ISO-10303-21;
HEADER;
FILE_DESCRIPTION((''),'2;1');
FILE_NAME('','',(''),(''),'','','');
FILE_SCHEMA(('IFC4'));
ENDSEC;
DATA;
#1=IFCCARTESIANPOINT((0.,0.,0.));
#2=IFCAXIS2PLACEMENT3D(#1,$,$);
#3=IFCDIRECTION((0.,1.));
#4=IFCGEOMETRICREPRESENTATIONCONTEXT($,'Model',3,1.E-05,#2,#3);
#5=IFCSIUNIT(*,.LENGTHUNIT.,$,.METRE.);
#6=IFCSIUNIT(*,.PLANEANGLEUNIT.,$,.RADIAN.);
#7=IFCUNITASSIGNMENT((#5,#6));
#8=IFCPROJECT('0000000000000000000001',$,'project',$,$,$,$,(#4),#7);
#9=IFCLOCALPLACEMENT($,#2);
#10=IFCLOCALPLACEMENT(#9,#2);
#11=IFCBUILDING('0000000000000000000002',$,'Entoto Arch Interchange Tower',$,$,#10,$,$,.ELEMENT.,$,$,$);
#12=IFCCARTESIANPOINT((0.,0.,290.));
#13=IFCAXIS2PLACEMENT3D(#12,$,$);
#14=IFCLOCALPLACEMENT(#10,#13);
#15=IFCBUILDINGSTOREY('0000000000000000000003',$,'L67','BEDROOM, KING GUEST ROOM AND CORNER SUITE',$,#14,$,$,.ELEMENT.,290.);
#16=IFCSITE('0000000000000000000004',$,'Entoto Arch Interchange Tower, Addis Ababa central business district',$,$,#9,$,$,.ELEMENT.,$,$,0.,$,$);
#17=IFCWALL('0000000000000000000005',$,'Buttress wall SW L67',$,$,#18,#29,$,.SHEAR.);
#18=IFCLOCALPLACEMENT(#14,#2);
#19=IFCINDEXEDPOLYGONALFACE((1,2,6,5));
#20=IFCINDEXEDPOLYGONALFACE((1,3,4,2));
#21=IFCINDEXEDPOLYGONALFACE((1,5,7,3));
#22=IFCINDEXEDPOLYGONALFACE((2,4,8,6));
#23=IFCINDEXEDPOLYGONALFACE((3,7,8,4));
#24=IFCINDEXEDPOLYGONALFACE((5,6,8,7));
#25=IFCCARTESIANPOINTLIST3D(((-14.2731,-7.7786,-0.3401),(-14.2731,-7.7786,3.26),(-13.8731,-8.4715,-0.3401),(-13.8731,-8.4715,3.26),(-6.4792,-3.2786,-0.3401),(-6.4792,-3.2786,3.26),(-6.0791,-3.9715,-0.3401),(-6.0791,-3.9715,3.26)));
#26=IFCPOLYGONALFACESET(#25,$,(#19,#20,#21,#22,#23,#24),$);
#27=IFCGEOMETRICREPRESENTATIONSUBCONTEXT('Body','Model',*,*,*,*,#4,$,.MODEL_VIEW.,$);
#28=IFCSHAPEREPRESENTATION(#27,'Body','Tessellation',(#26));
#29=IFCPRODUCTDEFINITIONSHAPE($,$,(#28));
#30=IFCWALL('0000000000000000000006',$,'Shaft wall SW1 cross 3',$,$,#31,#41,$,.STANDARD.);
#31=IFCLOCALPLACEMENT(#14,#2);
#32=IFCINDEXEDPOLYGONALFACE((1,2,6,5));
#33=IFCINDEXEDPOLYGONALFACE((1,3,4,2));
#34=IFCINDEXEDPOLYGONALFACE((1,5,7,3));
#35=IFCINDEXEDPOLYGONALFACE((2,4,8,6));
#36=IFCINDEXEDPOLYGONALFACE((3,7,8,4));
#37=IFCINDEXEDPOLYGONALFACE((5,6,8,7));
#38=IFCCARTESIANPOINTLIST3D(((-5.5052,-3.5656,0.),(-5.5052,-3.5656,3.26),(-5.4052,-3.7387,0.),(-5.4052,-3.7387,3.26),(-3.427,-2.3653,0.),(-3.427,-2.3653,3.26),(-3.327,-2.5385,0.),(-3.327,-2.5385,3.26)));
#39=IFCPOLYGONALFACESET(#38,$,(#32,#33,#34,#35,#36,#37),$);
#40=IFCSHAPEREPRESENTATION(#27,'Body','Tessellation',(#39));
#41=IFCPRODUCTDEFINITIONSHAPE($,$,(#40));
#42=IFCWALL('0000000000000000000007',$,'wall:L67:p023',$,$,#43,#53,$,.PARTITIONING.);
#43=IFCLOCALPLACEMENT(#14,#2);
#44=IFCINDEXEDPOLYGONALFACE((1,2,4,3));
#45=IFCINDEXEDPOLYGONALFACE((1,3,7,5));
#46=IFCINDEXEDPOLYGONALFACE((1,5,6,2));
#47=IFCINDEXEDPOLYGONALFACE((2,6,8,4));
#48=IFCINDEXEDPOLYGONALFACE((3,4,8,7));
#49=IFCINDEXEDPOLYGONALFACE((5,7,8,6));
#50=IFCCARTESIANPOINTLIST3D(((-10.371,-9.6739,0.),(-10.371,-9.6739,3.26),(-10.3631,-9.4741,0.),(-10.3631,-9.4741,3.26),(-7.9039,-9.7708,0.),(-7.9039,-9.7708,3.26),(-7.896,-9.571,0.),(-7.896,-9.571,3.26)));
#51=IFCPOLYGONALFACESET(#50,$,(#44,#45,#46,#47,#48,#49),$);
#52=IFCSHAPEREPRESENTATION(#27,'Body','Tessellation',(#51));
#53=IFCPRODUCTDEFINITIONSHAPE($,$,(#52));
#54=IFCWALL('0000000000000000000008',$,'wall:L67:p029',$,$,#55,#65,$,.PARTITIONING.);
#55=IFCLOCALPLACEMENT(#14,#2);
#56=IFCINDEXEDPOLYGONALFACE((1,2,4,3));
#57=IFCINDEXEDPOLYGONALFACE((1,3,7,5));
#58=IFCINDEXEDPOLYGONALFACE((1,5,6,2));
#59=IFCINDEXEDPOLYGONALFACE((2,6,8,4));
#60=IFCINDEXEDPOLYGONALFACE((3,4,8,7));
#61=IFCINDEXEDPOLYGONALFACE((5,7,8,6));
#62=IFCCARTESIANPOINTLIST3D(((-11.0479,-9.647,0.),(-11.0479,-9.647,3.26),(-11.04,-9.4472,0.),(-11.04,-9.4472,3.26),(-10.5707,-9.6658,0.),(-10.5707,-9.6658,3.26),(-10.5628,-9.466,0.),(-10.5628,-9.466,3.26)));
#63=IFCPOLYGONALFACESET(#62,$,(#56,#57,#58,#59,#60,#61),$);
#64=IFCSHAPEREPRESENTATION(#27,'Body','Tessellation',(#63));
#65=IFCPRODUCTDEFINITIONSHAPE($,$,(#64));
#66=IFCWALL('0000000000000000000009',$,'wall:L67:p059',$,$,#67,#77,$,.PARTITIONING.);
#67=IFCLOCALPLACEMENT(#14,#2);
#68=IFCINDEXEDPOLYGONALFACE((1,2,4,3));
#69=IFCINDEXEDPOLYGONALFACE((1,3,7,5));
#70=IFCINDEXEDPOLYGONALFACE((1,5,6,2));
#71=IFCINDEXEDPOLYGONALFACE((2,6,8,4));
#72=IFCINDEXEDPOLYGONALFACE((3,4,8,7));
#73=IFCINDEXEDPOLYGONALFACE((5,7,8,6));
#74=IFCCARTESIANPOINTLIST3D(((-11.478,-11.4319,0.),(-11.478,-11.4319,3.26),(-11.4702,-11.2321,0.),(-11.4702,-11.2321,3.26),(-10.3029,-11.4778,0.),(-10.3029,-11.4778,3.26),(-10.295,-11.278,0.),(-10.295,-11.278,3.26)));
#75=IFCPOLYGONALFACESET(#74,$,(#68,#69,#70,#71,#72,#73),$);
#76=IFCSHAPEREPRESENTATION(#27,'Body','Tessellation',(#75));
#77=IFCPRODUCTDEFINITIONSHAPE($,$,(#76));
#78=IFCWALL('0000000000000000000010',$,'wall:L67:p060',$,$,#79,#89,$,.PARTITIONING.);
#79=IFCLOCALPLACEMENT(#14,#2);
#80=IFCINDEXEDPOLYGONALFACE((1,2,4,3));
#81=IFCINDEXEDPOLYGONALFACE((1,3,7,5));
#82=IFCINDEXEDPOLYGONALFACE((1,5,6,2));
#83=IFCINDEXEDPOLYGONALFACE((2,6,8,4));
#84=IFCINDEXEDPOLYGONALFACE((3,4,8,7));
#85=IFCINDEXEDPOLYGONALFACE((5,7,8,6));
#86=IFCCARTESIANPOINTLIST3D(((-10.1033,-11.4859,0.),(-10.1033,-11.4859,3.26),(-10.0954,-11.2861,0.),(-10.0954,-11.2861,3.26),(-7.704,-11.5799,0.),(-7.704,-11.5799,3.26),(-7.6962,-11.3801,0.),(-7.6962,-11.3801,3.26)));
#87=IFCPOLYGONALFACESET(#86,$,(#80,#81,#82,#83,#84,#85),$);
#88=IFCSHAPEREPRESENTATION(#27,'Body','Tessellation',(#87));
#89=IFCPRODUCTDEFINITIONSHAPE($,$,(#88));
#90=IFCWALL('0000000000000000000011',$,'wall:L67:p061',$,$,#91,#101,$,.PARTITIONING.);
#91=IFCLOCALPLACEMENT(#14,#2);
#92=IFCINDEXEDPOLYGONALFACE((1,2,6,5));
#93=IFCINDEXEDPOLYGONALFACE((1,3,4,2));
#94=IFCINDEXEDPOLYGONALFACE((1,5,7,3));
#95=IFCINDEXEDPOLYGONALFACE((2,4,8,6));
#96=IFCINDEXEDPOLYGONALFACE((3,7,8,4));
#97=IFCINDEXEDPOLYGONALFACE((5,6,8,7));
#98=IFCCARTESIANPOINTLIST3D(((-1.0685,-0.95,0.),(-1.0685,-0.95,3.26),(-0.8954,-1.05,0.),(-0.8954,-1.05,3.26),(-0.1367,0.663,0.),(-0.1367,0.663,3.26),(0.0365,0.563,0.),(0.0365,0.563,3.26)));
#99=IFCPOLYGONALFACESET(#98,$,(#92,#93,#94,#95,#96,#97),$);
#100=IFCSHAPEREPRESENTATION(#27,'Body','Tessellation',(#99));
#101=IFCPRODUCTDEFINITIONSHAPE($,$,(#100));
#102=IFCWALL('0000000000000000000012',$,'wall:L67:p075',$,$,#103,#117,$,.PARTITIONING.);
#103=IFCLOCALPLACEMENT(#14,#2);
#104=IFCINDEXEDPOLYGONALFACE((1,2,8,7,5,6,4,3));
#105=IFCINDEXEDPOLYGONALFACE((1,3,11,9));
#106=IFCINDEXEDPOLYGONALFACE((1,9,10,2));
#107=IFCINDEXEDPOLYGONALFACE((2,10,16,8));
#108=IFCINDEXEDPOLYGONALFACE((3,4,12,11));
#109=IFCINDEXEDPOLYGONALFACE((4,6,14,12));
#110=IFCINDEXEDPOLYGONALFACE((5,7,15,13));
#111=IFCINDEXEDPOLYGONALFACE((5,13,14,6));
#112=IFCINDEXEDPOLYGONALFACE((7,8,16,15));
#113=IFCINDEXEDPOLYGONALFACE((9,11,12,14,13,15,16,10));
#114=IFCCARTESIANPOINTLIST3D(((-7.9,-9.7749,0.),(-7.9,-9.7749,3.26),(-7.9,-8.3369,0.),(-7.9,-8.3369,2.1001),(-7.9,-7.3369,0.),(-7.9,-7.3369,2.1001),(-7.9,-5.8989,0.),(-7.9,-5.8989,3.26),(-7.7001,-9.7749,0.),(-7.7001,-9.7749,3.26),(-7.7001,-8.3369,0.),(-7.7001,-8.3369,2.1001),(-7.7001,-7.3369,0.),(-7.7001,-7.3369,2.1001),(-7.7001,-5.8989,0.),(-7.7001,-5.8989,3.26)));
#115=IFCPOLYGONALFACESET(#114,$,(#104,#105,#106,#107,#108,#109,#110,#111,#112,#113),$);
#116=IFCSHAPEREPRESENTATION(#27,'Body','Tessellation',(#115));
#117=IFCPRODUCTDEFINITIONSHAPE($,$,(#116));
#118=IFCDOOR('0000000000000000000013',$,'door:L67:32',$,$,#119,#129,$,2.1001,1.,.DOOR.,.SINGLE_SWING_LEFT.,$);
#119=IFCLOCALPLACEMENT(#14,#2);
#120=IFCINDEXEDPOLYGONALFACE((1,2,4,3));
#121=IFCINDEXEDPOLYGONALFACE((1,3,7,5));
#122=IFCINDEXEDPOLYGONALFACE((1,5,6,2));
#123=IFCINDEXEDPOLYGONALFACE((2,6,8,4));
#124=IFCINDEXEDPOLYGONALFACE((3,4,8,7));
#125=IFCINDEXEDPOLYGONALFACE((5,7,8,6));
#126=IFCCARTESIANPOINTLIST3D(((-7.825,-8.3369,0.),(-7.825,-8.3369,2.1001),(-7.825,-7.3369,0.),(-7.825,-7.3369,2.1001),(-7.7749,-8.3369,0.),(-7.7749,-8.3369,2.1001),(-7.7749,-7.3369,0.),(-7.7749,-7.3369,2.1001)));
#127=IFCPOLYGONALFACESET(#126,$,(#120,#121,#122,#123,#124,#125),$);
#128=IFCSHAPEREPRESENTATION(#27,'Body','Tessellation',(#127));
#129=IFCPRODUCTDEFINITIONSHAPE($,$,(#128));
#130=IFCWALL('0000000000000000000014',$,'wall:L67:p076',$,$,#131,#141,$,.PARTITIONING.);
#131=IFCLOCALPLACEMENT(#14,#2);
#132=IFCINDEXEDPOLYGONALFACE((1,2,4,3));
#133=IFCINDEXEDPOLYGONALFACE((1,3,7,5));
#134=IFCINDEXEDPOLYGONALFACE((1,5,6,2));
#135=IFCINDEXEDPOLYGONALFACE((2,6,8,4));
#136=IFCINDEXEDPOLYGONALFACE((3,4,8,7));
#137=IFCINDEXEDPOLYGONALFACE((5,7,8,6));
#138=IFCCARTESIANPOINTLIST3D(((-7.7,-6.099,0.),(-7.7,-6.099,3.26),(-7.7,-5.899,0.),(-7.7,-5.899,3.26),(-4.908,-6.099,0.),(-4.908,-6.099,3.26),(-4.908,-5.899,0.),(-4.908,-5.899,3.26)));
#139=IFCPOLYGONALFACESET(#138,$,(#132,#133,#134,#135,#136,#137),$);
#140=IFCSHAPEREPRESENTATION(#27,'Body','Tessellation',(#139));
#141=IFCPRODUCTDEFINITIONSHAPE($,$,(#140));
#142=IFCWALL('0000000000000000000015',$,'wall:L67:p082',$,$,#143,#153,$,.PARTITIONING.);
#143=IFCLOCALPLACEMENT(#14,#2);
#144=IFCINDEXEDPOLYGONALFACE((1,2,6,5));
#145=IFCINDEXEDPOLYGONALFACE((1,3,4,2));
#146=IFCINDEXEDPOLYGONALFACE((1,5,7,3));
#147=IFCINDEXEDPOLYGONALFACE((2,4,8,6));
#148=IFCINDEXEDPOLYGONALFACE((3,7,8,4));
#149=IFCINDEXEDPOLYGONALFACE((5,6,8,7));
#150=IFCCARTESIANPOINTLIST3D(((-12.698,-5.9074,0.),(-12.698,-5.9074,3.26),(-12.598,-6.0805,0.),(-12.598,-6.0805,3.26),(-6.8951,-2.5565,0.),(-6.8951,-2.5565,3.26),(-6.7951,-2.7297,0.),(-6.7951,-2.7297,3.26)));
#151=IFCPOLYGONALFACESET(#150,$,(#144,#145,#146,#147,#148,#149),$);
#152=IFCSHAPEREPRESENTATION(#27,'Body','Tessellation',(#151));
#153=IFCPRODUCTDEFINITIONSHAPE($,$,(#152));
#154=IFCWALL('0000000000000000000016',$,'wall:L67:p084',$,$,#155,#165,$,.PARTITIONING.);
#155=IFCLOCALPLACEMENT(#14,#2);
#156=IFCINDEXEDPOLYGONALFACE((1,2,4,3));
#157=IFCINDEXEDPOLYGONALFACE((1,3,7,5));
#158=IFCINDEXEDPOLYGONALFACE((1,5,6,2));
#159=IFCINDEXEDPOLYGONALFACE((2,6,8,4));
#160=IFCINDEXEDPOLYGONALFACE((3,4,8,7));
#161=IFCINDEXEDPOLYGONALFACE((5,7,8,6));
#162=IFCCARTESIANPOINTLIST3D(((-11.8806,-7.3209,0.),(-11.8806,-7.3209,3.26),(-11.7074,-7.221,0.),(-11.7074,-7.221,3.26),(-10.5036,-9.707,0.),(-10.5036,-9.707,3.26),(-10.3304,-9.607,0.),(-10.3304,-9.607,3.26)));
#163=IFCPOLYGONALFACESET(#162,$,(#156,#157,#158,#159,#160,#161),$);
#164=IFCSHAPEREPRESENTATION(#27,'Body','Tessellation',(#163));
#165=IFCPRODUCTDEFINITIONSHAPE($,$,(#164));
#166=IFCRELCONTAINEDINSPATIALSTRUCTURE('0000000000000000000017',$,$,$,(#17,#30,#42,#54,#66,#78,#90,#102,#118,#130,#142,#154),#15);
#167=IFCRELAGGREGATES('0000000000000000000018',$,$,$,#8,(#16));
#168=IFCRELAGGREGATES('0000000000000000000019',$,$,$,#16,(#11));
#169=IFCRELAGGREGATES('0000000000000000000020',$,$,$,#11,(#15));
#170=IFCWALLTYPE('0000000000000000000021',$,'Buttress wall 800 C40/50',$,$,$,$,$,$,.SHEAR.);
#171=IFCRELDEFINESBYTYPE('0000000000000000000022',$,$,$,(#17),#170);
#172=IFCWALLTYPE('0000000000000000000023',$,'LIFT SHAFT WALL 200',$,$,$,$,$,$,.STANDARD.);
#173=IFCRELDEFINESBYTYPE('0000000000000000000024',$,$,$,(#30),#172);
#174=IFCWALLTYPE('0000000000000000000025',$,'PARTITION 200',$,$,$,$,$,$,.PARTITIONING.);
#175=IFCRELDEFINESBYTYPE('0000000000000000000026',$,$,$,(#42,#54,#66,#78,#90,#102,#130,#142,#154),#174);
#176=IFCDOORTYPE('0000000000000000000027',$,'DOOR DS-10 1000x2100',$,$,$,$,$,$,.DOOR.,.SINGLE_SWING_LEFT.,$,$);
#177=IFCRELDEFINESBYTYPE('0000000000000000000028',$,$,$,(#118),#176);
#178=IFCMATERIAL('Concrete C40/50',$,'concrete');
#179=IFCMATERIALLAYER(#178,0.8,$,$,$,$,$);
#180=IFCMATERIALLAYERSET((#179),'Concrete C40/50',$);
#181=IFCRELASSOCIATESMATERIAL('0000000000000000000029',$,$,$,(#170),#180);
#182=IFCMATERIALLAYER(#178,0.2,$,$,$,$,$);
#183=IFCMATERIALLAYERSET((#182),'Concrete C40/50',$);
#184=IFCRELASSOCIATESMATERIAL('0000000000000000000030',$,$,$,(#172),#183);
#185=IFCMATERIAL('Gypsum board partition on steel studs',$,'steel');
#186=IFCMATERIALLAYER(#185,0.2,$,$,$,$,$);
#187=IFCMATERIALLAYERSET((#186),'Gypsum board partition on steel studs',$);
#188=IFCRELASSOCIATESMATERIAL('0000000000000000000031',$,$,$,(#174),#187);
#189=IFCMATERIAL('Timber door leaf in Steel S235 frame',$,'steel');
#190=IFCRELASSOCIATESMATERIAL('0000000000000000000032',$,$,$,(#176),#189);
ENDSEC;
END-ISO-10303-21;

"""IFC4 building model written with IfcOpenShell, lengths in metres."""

from ifc_helpers import new_model, si_unit, direction, frame, frame_2d, origin, place, context, subcontext, project, spatial, rectangle, extrude, material, layer, layer_set, type_object, element, fill, save


model = new_model("IFC4")

# Units and contexts
model_context = context("Model", 3, precision=1e-05, world=origin(), true_north=direction((0.0, 1.0)))
body_context = subcontext(model_context, "Body", "Model", "MODEL_VIEW")
ifc_project = project(units=[si_unit("LENGTHUNIT", "METRE"), si_unit("PLANEANGLEUNIT", "RADIAN")], contexts=[model_context])

# Site, building, storey
site_placement = place(None, origin())
site = spatial("IfcSite", under=ifc_project, at=site_placement, Name="Entoto Arch Interchange Tower, Addis Ababa central business district", CompositionType="ELEMENT", RefElevation=0.0)
building_placement = place(site_placement, origin())
building = spatial("IfcBuilding", under=site, at=building_placement, Name="Entoto Arch Interchange Tower", CompositionType="ELEMENT")
storey_placement = place(building_placement, frame((0.0, 0.0, 290.0)))
storey = spatial("IfcBuildingStorey", under=building, at=storey_placement, Name="L67", Description="BEDROOM, KING GUEST ROOM AND CORNER SUITE", CompositionType="ELEMENT", Elevation=290.0)

# Walls
ifc_material_1 = material(Name="Concrete C40/50", Category="concrete")
ifc_layer_1 = layer(ifc_material_1, 0.8)
ifc_layer_set_1 = layer_set([ifc_layer_1], Name="Concrete C40/50")
wall_type_1 = type_object("IfcWallType", Name="Buttress wall 800 C40/50", PredefinedType="SHEAR", material=ifc_layer_set_1)
wall_1_placement = place(storey_placement, frame((-6.2791, -3.625, -0.3401), z_axis=(0.0, 0.0, 1.0), x_axis=(-0.866018, -0.500014, 0.0)))
element("IfcWall", 1, at=wall_1_placement, inside=storey, type_object=wall_type_1, Name="Buttress wall SW L67", PredefinedType="SHEAR", context=body_context, shape_type="SweptSolid", body=[
    extrude(rectangle(XDim=8.9998, YDim=0.8, at=frame_2d((4.5, 0.0))), origin(), (0.0, 0.0, 1.0), 3.6001),
])
ifc_layer_2 = layer(ifc_material_1, 0.2)
ifc_layer_set_2 = layer_set([ifc_layer_2], Name="Concrete C40/50")
wall_type_2 = type_object("IfcWallType", Name="LIFT SHAFT WALL 200", PredefinedType="STANDARD", material=ifc_layer_set_2)
wall_2_placement = place(storey_placement, frame((-3.377, -2.4519, 0.0), z_axis=(0.0, 0.0, 1.0), x_axis=(-0.865955, -0.500122, 0.0)))
element("IfcWall", 2, at=wall_2_placement, inside=storey, type_object=wall_type_2, Name="Shaft wall SW1 cross 3", PredefinedType="STANDARD", context=body_context, shape_type="SweptSolid", body=[
    extrude(rectangle(XDim=2.3999, YDim=0.2, at=frame_2d((1.2, 0.0))), origin(), (0.0, 0.0, 1.0), 3.26),
])
ifc_material_2 = material(Name="Gypsum board partition on steel studs", Category="steel")
ifc_layer_3 = layer(ifc_material_2, 0.2)
ifc_layer_set_3 = layer_set([ifc_layer_3], Name="Gypsum board partition on steel studs")
wall_type_3 = type_object("IfcWallType", Name="PARTITION 200", PredefinedType="PARTITIONING", material=ifc_layer_set_3)
wall_3_placement = place(storey_placement, frame((-10.3669, -9.574, 0.0), z_axis=(0.0, 0.0, 1.0), x_axis=(0.999229, -0.039257, 0.0)))
element("IfcWall", 3, at=wall_3_placement, inside=storey, type_object=wall_type_3, Name="wall:L67:p023", PredefinedType="PARTITIONING", context=body_context, shape_type="SweptSolid", body=[
    extrude(rectangle(XDim=2.469, YDim=0.2, at=frame_2d((1.2344, 0.0))), origin(), (0.0, 0.0, 1.0), 3.26),
])
wall_4_placement = place(storey_placement, frame((-11.0439, -9.5471, 0.0), z_axis=(0.0, 0.0, 1.0), x_axis=(0.999224, -0.039376, 0.0)))
element("IfcWall", 4, at=wall_4_placement, inside=storey, type_object=wall_type_3, Name="wall:L67:p029", PredefinedType="PARTITIONING", context=body_context, shape_type="SweptSolid", body=[
    extrude(rectangle(XDim=0.4775, YDim=0.2, at=frame_2d((0.2388, 0.0))), origin(), (0.0, 0.0, 1.0), 3.26),
])
wall_5_placement = place(storey_placement, frame((-10.2991, -11.3779, 0.0), z_axis=(0.0, 0.0, 1.0), x_axis=(-0.999238, 0.039031, 0.0)))
element("IfcWall", 5, at=wall_5_placement, inside=storey, type_object=wall_type_3, Name="wall:L67:p059", PredefinedType="PARTITIONING", context=body_context, shape_type="SweptSolid", body=[
    extrude(rectangle(XDim=1.176, YDim=0.2, at=frame_2d((0.5879, 0.0))), origin(), (0.0, 0.0, 1.0), 3.26),
])
wall_6_placement = place(storey_placement, frame((-7.7, -11.48, 0.0), z_axis=(0.0, 0.0, 1.0), x_axis=(-0.999233, 0.039148, 0.0)))
element("IfcWall", 6, at=wall_6_placement, inside=storey, type_object=wall_type_3, Name="wall:L67:p060", PredefinedType="PARTITIONING", context=body_context, shape_type="SweptSolid", body=[
    extrude(rectangle(XDim=2.4011, YDim=0.2, at=frame_2d((1.2007, 0.0))), origin(), (0.0, 0.0, 1.0), 3.26),
])
wall_7_placement = place(storey_placement, frame((-0.9819, -1.0, 0.0), z_axis=(0.0, 0.0, 1.0), x_axis=(0.50024, 0.865887, 0.0)))
element("IfcWall", 7, at=wall_7_placement, inside=storey, type_object=wall_type_3, Name="wall:L67:p061", PredefinedType="PARTITIONING", context=body_context, shape_type="SweptSolid", body=[
    extrude(rectangle(XDim=1.8628, YDim=0.2, at=frame_2d((0.9314, 0.0))), origin(), (0.0, 0.0, 1.0), 3.26),
])

# Wall, opening, door
wall_8_placement = place(storey_placement, frame((-7.8, -9.7749, 0.0), z_axis=(0.0, 0.0, 1.0), x_axis=(0.0, 1.0, 0.0)))
wall_8 = element("IfcWall", 8, at=wall_8_placement, inside=storey, type_object=wall_type_3, Name="wall:L67:p075", PredefinedType="PARTITIONING", context=body_context, shape_type="SweptSolid", body=[
    extrude(rectangle(XDim=3.876, YDim=0.2, at=frame_2d((1.938, 0.0))), origin(), (0.0, 0.0, 1.0), 3.26),
])
opening_1_placement = place(wall_8_placement, frame((1.438, 0.0, 0.0)))
opening_1 = element("IfcOpeningElement", 9, at=opening_1_placement, cuts=wall_8, PredefinedType="OPENING", context=body_context, shape_type="SweptSolid", body=[
    extrude(rectangle(XDim=1.0, YDim=2.1001, at=frame_2d((0.5, 1.05))), frame((0.0, 0.1099, 0.0), z_axis=(0.0, -1.0, 0.0), x_axis=(1.0, 0.0, 0.0)), (0.0, 0.0, 1.0), 0.22),
])
ifc_material_3 = material(Name="Timber door leaf in Steel S235 frame", Category="steel")
door_type_1 = type_object("IfcDoorType", Name="DOOR DS-10 1000x2100", OperationType="SINGLE_SWING_LEFT", PredefinedType="DOOR", material=ifc_material_3)
door_1_placement = place(opening_1_placement, origin())
door_1 = element("IfcDoor", 10, at=door_1_placement, inside=storey, type_object=door_type_1, Name="door:L67:32", OperationType="SINGLE_SWING_LEFT", OverallHeight=2.1001, OverallWidth=1.0, PredefinedType="DOOR", context=body_context, shape_type="SweptSolid", body=[
    extrude(rectangle(XDim=1.0, YDim=2.1001, at=frame_2d((0.5, 1.05))), frame((0.0, 0.0249, 0.0), z_axis=(0.0, -1.0, 0.0), x_axis=(1.0, 0.0, 0.0)), (0.0, 0.0, 1.0), 0.05),
])
fill(opening_1, door_1)

# Walls
wall_9_placement = place(storey_placement, frame((-7.7, -5.999, 0.0), z_axis=(0.0, 0.0, 1.0), x_axis=(1.0, 0.0, 0.0)))
element("IfcWall", 11, at=wall_9_placement, inside=storey, type_object=wall_type_3, Name="wall:L67:p076", PredefinedType="PARTITIONING", context=body_context, shape_type="SweptSolid", body=[
    extrude(rectangle(XDim=2.792, YDim=0.2, at=frame_2d((1.396, 0.0))), origin(), (0.0, 0.0, 1.0), 3.26),
])
wall_10_placement = place(storey_placement, frame((-6.845, -2.6431, 0.0), z_axis=(0.0, 0.0, 1.0), x_axis=(-0.865994, -0.500054, 0.0)))
element("IfcWall", 12, at=wall_10_placement, inside=storey, type_object=wall_type_3, Name="wall:L67:p082", PredefinedType="PARTITIONING", context=body_context, shape_type="SweptSolid", body=[
    extrude(rectangle(XDim=6.7009, YDim=0.2, at=frame_2d((3.3506, 0.0))), origin(), (0.0, 0.0, 1.0), 3.26),
])
wall_11_placement = place(storey_placement, frame((-10.417, -9.657, 0.0), z_axis=(0.0, 0.0, 1.0), x_axis=(-0.499838, 0.866119, 0.0)))
element("IfcWall", 13, at=wall_11_placement, inside=storey, type_object=wall_type_3, Name="wall:L67:p084", PredefinedType="PARTITIONING", context=body_context, shape_type="SweptSolid", body=[
    extrude(rectangle(XDim=2.7549, YDim=0.2, at=frame_2d((1.3774, 0.0))), origin(), (0.0, 0.0, 1.0), 3.26),
])

save(model, "model.ifc")
